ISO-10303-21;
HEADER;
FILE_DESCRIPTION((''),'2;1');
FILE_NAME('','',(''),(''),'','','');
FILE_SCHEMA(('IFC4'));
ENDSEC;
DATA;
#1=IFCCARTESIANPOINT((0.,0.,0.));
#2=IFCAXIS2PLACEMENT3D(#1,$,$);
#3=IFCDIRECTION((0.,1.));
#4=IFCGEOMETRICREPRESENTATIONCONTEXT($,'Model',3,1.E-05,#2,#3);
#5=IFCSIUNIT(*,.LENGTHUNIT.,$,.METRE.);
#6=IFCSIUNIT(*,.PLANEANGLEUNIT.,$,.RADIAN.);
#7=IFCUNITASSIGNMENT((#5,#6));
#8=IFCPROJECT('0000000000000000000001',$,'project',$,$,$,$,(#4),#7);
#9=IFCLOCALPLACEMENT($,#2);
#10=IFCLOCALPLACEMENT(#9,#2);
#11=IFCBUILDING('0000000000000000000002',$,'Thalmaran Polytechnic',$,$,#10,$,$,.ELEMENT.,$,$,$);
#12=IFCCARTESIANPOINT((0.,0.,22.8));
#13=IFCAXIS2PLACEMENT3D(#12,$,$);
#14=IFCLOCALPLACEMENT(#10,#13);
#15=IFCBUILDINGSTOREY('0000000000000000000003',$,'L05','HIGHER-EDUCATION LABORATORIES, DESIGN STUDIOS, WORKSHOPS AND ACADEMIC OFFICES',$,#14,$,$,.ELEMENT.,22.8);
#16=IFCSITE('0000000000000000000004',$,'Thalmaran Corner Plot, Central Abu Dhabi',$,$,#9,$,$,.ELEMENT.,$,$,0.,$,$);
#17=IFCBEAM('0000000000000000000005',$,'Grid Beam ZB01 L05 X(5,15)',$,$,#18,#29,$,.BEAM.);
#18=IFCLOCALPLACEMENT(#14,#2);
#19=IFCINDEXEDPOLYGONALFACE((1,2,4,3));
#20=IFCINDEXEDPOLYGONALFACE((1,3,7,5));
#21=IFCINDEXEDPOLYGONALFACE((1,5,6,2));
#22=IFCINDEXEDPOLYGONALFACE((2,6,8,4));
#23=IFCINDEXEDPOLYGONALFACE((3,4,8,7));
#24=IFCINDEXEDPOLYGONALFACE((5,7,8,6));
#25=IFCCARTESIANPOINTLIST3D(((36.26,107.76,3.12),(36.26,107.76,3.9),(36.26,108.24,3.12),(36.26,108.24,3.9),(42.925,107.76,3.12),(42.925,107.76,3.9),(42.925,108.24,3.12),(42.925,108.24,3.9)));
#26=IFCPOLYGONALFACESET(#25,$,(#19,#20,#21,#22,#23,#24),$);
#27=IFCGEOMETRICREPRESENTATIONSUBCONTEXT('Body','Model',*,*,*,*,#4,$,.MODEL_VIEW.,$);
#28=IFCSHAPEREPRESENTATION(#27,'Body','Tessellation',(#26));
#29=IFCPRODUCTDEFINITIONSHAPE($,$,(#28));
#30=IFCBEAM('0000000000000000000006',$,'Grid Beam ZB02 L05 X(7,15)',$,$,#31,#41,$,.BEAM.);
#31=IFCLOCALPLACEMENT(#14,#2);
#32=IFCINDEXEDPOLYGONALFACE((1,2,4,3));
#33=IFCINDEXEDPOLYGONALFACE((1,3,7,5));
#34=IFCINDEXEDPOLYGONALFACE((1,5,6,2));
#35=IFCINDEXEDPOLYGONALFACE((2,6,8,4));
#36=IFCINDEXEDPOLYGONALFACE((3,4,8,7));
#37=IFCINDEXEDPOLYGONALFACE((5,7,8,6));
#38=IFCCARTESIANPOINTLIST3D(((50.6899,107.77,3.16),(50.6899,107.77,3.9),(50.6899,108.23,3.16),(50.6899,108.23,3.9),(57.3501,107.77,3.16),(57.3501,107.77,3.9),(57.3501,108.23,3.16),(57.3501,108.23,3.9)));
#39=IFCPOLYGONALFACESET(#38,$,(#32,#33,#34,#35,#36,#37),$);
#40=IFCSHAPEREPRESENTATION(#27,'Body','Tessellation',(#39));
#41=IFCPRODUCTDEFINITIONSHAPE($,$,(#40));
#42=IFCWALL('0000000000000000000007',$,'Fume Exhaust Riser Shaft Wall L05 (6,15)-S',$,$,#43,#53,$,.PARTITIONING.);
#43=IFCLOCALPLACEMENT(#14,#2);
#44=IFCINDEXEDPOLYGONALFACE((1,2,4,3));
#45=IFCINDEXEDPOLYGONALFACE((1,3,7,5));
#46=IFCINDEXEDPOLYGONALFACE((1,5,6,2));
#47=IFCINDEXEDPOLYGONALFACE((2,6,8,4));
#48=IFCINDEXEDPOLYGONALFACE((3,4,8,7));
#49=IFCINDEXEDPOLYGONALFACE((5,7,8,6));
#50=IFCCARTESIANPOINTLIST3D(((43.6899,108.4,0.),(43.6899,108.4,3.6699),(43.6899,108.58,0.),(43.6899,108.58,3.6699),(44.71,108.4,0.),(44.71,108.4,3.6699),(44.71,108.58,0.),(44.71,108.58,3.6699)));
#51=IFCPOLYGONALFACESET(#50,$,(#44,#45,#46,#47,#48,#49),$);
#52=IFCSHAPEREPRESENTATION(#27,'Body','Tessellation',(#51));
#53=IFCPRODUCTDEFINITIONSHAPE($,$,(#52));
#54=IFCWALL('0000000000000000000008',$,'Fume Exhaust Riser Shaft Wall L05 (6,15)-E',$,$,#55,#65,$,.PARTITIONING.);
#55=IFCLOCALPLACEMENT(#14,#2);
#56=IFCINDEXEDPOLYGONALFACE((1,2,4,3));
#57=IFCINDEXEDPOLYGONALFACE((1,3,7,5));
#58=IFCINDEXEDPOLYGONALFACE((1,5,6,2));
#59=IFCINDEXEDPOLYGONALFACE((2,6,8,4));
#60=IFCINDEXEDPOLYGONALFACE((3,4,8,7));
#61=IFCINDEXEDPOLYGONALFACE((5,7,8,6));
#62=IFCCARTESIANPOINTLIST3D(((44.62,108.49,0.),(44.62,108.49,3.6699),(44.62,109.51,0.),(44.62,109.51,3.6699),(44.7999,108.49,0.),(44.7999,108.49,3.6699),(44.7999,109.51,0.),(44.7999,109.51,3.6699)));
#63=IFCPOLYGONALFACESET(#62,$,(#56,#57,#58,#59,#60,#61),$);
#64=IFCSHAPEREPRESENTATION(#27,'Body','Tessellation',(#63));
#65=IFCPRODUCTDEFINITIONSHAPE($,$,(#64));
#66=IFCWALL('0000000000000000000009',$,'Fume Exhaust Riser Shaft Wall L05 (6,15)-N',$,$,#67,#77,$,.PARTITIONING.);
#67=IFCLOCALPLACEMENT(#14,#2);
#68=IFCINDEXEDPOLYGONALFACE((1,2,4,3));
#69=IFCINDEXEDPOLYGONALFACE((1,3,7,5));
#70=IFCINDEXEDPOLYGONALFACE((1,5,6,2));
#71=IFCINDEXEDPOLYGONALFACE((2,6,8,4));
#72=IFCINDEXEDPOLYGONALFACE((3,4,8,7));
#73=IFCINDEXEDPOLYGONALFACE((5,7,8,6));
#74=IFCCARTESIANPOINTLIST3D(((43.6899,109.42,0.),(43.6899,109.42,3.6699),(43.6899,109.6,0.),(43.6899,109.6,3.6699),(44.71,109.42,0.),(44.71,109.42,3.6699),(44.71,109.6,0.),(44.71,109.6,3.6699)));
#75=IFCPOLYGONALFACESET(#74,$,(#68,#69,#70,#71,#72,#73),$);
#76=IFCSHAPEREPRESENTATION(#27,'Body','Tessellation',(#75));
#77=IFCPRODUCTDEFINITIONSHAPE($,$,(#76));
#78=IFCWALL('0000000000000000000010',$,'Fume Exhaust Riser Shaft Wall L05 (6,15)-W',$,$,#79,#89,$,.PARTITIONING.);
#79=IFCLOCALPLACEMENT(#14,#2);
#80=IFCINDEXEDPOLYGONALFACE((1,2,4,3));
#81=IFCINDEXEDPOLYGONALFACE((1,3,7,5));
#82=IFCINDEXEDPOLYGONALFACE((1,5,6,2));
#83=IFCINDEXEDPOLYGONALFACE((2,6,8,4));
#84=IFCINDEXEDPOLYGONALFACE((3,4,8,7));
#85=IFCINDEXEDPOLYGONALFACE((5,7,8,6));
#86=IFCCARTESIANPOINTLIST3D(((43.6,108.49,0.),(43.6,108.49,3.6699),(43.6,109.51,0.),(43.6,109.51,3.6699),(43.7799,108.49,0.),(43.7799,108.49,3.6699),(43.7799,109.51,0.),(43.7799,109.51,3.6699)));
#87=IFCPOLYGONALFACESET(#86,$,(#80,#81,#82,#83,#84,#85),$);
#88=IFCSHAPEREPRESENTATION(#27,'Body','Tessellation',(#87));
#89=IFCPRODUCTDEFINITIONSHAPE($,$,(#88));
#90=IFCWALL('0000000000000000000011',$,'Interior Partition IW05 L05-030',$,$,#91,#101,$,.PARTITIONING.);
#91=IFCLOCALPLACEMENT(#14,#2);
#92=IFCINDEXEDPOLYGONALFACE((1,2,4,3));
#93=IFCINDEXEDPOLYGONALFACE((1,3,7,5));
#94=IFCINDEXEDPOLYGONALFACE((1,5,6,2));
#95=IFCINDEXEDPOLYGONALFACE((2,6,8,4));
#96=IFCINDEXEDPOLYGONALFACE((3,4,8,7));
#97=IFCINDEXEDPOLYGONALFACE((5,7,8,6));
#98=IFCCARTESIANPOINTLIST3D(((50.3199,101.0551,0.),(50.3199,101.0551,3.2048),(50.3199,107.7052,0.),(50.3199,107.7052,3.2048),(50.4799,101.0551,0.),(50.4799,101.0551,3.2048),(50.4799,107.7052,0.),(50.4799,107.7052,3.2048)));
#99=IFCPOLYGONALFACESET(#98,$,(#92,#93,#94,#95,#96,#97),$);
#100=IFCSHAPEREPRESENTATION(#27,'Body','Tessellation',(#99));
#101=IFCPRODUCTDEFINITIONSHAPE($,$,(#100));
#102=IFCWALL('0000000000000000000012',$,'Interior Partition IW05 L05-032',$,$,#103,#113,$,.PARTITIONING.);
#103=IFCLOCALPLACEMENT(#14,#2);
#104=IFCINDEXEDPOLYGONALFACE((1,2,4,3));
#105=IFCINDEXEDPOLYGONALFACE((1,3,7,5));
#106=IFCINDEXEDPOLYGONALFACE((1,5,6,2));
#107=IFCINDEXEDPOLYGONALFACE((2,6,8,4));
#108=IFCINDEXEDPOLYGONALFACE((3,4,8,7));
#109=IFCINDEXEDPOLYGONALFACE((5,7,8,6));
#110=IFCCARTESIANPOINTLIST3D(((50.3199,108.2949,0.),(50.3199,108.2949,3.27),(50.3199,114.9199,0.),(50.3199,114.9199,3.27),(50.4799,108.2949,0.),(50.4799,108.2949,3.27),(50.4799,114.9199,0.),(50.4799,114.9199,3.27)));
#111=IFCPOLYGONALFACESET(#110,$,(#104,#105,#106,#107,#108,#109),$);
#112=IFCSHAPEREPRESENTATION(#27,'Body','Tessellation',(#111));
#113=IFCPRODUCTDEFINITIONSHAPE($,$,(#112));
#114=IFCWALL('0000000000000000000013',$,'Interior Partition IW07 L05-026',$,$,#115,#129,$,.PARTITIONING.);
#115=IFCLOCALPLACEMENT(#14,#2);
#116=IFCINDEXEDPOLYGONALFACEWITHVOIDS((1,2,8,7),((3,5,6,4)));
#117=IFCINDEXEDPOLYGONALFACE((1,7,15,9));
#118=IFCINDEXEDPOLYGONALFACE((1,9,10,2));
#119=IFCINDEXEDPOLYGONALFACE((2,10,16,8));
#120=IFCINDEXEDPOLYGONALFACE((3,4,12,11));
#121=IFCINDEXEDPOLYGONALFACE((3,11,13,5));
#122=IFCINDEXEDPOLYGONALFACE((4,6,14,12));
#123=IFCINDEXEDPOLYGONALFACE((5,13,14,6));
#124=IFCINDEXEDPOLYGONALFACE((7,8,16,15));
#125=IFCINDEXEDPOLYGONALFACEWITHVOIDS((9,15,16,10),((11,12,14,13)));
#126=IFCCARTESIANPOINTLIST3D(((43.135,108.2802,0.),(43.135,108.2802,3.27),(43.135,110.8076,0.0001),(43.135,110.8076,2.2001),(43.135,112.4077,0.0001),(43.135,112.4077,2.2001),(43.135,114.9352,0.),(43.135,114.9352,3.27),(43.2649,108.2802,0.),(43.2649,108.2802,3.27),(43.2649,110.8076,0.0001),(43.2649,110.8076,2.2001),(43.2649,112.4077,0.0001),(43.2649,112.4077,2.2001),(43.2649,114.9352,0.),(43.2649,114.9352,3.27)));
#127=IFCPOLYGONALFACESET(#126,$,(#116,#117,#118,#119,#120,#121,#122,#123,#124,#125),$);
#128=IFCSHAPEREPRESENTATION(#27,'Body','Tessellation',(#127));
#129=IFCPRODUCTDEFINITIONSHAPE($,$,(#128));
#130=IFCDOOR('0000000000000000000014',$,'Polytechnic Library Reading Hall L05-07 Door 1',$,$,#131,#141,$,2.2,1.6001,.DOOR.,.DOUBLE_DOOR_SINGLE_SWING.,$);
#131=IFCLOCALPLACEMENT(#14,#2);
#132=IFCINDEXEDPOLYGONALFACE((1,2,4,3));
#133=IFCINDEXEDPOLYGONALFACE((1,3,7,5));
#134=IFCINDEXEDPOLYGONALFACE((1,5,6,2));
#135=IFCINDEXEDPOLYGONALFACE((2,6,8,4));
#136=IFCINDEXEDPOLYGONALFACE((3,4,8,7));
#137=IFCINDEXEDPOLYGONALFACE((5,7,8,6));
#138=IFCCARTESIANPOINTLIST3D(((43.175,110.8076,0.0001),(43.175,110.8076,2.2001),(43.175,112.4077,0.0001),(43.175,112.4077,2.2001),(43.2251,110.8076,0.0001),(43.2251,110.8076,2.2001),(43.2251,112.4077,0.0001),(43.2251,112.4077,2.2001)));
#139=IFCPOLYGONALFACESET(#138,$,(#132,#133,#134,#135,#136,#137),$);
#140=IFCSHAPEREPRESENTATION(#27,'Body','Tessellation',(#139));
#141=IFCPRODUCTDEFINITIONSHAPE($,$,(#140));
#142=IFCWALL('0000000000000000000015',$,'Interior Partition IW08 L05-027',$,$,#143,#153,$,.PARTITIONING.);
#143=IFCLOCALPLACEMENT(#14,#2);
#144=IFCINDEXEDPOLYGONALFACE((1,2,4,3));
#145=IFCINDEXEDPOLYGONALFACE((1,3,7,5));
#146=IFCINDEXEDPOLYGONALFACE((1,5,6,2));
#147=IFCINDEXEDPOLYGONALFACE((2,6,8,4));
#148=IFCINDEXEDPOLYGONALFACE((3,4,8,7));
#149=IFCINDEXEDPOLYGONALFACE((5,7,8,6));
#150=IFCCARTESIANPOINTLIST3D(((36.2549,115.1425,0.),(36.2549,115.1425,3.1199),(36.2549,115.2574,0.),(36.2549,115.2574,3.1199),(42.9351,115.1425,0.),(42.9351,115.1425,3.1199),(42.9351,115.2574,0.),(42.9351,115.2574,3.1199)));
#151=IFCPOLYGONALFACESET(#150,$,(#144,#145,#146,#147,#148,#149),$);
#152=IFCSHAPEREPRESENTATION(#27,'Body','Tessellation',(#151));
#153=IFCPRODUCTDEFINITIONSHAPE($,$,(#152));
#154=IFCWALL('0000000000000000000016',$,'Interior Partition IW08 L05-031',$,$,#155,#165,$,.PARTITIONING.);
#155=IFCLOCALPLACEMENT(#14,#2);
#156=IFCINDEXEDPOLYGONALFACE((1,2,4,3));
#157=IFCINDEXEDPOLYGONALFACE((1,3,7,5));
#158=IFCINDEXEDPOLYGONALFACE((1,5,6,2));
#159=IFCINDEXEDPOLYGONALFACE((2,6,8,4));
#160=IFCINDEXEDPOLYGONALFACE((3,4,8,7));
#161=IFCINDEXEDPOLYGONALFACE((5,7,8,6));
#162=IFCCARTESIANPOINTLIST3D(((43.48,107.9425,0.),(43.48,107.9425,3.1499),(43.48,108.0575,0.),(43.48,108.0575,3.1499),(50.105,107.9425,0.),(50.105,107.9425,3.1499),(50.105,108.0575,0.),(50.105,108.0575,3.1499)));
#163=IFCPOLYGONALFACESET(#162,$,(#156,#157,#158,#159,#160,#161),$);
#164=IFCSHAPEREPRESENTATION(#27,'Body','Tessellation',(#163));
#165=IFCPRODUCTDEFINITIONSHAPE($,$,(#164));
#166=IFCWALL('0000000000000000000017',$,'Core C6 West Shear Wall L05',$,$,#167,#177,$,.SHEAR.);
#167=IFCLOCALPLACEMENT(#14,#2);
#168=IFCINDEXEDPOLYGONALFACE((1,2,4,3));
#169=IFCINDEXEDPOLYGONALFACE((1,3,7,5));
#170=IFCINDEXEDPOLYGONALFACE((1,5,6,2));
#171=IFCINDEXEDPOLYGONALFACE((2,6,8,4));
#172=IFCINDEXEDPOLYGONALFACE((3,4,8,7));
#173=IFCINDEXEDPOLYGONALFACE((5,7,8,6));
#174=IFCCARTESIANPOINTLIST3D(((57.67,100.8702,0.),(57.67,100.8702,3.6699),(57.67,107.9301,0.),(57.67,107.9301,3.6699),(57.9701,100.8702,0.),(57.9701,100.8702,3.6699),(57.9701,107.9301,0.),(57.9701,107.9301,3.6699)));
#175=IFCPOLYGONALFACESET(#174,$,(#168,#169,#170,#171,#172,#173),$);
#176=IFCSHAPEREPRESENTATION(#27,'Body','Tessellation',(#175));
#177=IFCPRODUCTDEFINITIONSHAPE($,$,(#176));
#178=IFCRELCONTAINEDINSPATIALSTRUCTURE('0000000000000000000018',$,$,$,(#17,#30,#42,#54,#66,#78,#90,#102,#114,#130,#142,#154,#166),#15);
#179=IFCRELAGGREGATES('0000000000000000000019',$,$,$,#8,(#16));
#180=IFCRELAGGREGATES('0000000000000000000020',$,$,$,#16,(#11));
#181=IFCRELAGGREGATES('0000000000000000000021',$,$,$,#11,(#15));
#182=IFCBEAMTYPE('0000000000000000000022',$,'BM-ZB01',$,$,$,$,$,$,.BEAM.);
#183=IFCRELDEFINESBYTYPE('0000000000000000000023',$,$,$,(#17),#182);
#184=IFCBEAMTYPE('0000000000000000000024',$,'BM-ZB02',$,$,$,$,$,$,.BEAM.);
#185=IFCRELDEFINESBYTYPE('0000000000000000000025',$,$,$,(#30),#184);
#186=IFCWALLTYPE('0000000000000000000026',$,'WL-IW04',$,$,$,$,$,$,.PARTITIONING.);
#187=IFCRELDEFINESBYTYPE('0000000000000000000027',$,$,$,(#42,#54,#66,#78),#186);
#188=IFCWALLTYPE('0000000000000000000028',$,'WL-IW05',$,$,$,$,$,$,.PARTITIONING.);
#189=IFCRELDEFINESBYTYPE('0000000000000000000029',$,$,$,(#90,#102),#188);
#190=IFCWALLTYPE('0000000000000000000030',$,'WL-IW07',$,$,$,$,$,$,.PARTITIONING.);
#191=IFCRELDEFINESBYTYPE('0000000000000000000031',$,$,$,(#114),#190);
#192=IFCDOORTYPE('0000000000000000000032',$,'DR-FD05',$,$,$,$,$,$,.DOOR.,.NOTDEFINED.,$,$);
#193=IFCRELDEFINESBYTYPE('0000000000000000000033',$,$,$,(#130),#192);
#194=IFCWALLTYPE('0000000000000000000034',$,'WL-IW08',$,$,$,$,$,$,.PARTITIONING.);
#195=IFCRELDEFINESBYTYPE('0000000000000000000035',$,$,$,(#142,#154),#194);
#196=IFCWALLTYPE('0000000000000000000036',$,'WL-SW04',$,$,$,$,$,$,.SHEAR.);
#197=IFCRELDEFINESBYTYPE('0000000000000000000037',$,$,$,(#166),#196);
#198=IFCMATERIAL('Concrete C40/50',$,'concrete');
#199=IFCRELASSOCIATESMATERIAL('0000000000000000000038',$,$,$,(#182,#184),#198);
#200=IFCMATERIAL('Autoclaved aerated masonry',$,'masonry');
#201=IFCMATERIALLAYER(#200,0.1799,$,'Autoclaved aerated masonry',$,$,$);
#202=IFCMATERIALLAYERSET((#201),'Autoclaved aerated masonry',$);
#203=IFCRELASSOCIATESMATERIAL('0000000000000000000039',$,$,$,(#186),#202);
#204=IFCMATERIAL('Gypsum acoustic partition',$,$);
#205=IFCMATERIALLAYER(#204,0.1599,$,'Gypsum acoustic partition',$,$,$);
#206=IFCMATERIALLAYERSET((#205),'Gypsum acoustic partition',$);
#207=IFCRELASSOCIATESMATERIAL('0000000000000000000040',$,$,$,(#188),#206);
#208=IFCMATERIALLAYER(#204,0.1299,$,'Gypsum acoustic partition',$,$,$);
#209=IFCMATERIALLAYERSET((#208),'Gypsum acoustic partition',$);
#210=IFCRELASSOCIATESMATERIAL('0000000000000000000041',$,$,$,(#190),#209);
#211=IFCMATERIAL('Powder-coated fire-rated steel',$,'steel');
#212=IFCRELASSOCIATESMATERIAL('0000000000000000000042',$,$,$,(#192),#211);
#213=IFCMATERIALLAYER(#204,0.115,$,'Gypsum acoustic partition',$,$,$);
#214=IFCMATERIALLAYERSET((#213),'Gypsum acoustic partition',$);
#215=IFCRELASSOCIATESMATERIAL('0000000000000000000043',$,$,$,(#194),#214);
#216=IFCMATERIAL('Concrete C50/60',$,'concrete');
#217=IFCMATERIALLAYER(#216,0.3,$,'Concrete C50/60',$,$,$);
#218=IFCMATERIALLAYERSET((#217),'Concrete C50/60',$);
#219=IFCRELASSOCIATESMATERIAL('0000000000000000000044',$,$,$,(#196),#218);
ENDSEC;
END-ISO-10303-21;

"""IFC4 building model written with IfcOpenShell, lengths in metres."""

from ifc_helpers import new_model, si_unit, direction, frame, frame_2d, origin, origin_2d, place, context, subcontext, project, spatial, rectangle, extrude, material, layer, layer_set, material_profile, profile_set, type_object, element, fill, save


model = new_model("IFC4")

# Units and contexts
model_context = context("Model", 3, precision=1e-05, world=origin(), true_north=direction((0.0, 1.0)))
body_context = subcontext(model_context, "Body", "Model", "MODEL_VIEW")
ifc_project = project(units=[si_unit("LENGTHUNIT", "METRE"), si_unit("PLANEANGLEUNIT", "RADIAN")], contexts=[model_context])

# Site, building, storey
site_placement = place(None, origin())
site = spatial("IfcSite", under=ifc_project, at=site_placement, Name="Thalmaran Corner Plot, Central Abu Dhabi", CompositionType="ELEMENT", RefElevation=0.0)
building_placement = place(site_placement, origin())
building = spatial("IfcBuilding", under=site, at=building_placement, Name="Thalmaran Polytechnic", CompositionType="ELEMENT")
storey_placement = place(building_placement, frame((0.0, 0.0, 22.8)))
storey = spatial("IfcBuildingStorey", under=building, at=storey_placement, Name="L05", Description="HIGHER-EDUCATION LABORATORIES, DESIGN STUDIOS, WORKSHOPS AND ACADEMIC OFFICES", CompositionType="ELEMENT", Elevation=22.8)

# Shared definitions
ifc_material_1 = material(Name="Concrete C40/50", Category="concrete")

# Beams
ifc_material_profile_1 = material_profile(ifc_material_1, rectangle(XDim=0.48, YDim=0.78, at=origin_2d()), Name="RC 480x780")
ifc_profile_set_1 = profile_set([ifc_material_profile_1], Name="Concrete C40/50")
beam_type_1 = type_object("IfcBeamType", Name="BM-ZB01", PredefinedType="BEAM", material=ifc_profile_set_1)
beam_1_placement = place(storey_placement, frame((36.26, 108.0, 3.51), z_axis=(1.0, 0.0, 0.0), x_axis=(0.0, 1.0, 0.0)))
element("IfcBeam", 1, at=beam_1_placement, inside=storey, type_object=beam_type_1, Name="Grid Beam ZB01 L05 X(5,15)", PredefinedType="BEAM", context=body_context, shape_type="SweptSolid", body=[
    extrude(rectangle(XDim=0.48, YDim=0.78, at=origin_2d()), origin(), (0.0, 0.0, 1.0), 6.665),
])
ifc_material_profile_2 = material_profile(ifc_material_1, rectangle(XDim=0.46, YDim=0.74, at=origin_2d()), Name="RC 460x740")
ifc_profile_set_2 = profile_set([ifc_material_profile_2], Name="Concrete C40/50")
beam_type_2 = type_object("IfcBeamType", Name="BM-ZB02", PredefinedType="BEAM", material=ifc_profile_set_2)
beam_2_placement = place(storey_placement, frame((50.6899, 108.0, 3.53), z_axis=(1.0, 0.0, 0.0), x_axis=(0.0, 1.0, 0.0)))
element("IfcBeam", 2, at=beam_2_placement, inside=storey, type_object=beam_type_2, Name="Grid Beam ZB02 L05 X(7,15)", PredefinedType="BEAM", context=body_context, shape_type="SweptSolid", body=[
    extrude(rectangle(XDim=0.46, YDim=0.74, at=origin_2d()), origin(), (0.0, 0.0, 1.0), 6.6602),
])

# Walls
ifc_material_2 = material(Name="Autoclaved aerated masonry", Category="masonry")
ifc_layer_1 = layer(ifc_material_2, 0.1799, Name="Autoclaved aerated masonry")
ifc_layer_set_1 = layer_set([ifc_layer_1], Name="Autoclaved aerated masonry")
wall_type_1 = type_object("IfcWallType", Name="WL-IW04", PredefinedType="PARTITIONING", material=ifc_layer_set_1)
for number, where, z_axis, x_axis, name in (
    (3, (43.6899, 108.49, 0.0), (0.0, 0.0, 1.0), (1.0, 0.0, 0.0), "Fume Exhaust Riser Shaft Wall L05 (6,15)-S"),
    (4, (44.71, 108.49, 0.0), (0.0, 0.0, 1.0), (0.0, 1.0, 0.0), "Fume Exhaust Riser Shaft Wall L05 (6,15)-E"),
    (5, (44.71, 109.51, 0.0), (0.0, 0.0, 1.0), (-1.0, 0.0, 0.0), "Fume Exhaust Riser Shaft Wall L05 (6,15)-N"),
    (6, (43.6899, 109.51, 0.0), (0.0, 0.0, 1.0), (0.0, -1.0, 0.0), "Fume Exhaust Riser Shaft Wall L05 (6,15)-W"),
):
    element("IfcWall", number, at=place(storey_placement, frame(where, z_axis=z_axis, x_axis=x_axis)), inside=storey, type_object=wall_type_1, Name=name, PredefinedType="PARTITIONING", context=body_context, shape_type="SweptSolid", body=[
        extrude(rectangle(XDim=1.02, YDim=0.1799, at=frame_2d((0.51, 0.0))), origin(), (0.0, 0.0, 1.0), 3.6699),
    ])
ifc_material_3 = material(Name="Gypsum acoustic partition")
ifc_layer_2 = layer(ifc_material_3, 0.1599, Name="Gypsum acoustic partition")
ifc_layer_set_2 = layer_set([ifc_layer_2], Name="Gypsum acoustic partition")
wall_type_2 = type_object("IfcWallType", Name="WL-IW05", PredefinedType="PARTITIONING", material=ifc_layer_set_2)
wall_1_placement = place(storey_placement, frame((50.3999, 101.0549, 0.0), z_axis=(0.0, 0.0, 1.0), x_axis=(0.0, 1.0, 0.0)))
element("IfcWall", 7, at=wall_1_placement, inside=storey, type_object=wall_type_2, Name="Interior Partition IW05 L05-030", PredefinedType="PARTITIONING", context=body_context, shape_type="SweptSolid", body=[
    extrude(rectangle(XDim=6.6501, YDim=0.1599, at=frame_2d((3.3252, 0.0))), origin(), (0.0, 0.0, 1.0), 3.2048),
])
wall_2_placement = place(storey_placement, frame((50.3999, 108.2949, 0.0), z_axis=(0.0, 0.0, 1.0), x_axis=(0.0, 1.0, 0.0)))
element("IfcWall", 8, at=wall_2_placement, inside=storey, type_object=wall_type_2, Name="Interior Partition IW05 L05-032", PredefinedType="PARTITIONING", context=body_context, shape_type="SweptSolid", body=[
    extrude(rectangle(XDim=6.625, YDim=0.1599, at=frame_2d((3.3125, 0.0))), origin(), (0.0, 0.0, 1.0), 3.27),
])

# Wall, opening, door
ifc_layer_3 = layer(ifc_material_3, 0.1299, Name="Gypsum acoustic partition")
ifc_layer_set_3 = layer_set([ifc_layer_3], Name="Gypsum acoustic partition")
wall_type_3 = type_object("IfcWallType", Name="WL-IW07", PredefinedType="PARTITIONING", material=ifc_layer_set_3)
wall_3_placement = place(storey_placement, frame((43.2, 108.28, 0.0), z_axis=(0.0, 0.0, 1.0), x_axis=(0.0, 1.0, 0.0)))
wall_3 = element("IfcWall", 9, at=wall_3_placement, inside=storey, type_object=wall_type_3, Name="Interior Partition IW07 L05-026", PredefinedType="PARTITIONING", context=body_context, shape_type="SweptSolid", body=[
    extrude(rectangle(XDim=6.655, YDim=0.1299, at=frame_2d((3.3276, 0.0))), origin(), (0.0, 0.0, 1.0), 3.27),
])
opening_1_placement = place(wall_3_placement, frame((2.5276, 0.0, 0.0)))
opening_1 = element("IfcOpeningElement", 10, at=opening_1_placement, cuts=wall_3, PredefinedType="OPENING", context=body_context, shape_type="SweptSolid", body=[
    extrude(rectangle(XDim=1.6001, YDim=2.2, at=frame_2d((0.8, 1.1001))), frame((0.0, 0.075, 0.0), z_axis=(0.0, -1.0, 0.0), x_axis=(1.0, 0.0, 0.0)), (0.0, 0.0, 1.0), 0.1499),
])
ifc_material_4 = material(Name="Powder-coated fire-rated steel", Category="steel")
door_type_1 = type_object("IfcDoorType", Name="DR-FD05", OperationType="NOTDEFINED", PredefinedType="DOOR", material=ifc_material_4)
door_1_placement = place(opening_1_placement, origin())
door_1 = element("IfcDoor", 11, at=door_1_placement, inside=storey, type_object=door_type_1, Name="Polytechnic Library Reading Hall L05-07 Door 1", OperationType="DOUBLE_DOOR_SINGLE_SWING", OverallHeight=2.2, OverallWidth=1.6001, PredefinedType="DOOR", context=body_context, shape_type="SweptSolid", body=[
    extrude(rectangle(XDim=1.6001, YDim=2.2, at=frame_2d((0.8, 1.1001))), frame((0.0, 0.0249, 0.0), z_axis=(0.0, -1.0, 0.0), x_axis=(1.0, 0.0, 0.0)), (0.0, 0.0, 1.0), 0.05),
])
fill(opening_1, door_1)

# Walls
ifc_layer_4 = layer(ifc_material_3, 0.115, Name="Gypsum acoustic partition")
ifc_layer_set_4 = layer_set([ifc_layer_4], Name="Gypsum acoustic partition")
wall_type_4 = type_object("IfcWallType", Name="WL-IW08", PredefinedType="PARTITIONING", material=ifc_layer_set_4)
wall_4_placement = place(storey_placement, frame((36.2549, 115.2, 0.0), z_axis=(0.0, 0.0, 1.0), x_axis=(1.0, 0.0, 0.0)))
element("IfcWall", 12, at=wall_4_placement, inside=storey, type_object=wall_type_4, Name="Interior Partition IW08 L05-027", PredefinedType="PARTITIONING", context=body_context, shape_type="SweptSolid", body=[
    extrude(rectangle(XDim=6.6802, YDim=0.115, at=frame_2d((3.3401, 0.0))), origin(), (0.0, 0.0, 1.0), 3.1199),
])
wall_5_placement = place(storey_placement, frame((43.48, 108.0, 0.0), z_axis=(0.0, 0.0, 1.0), x_axis=(1.0, 0.0, 0.0)))
element("IfcWall", 13, at=wall_5_placement, inside=storey, type_object=wall_type_4, Name="Interior Partition IW08 L05-031", PredefinedType="PARTITIONING", context=body_context, shape_type="SweptSolid", body=[
    extrude(rectangle(XDim=6.625, YDim=0.115, at=frame_2d((3.3125, 0.0))), origin(), (0.0, 0.0, 1.0), 3.1499),
])
ifc_material_5 = material(Name="Concrete C50/60", Category="concrete")
ifc_layer_5 = layer(ifc_material_5, 0.3, Name="Concrete C50/60")
ifc_layer_set_5 = layer_set([ifc_layer_5], Name="Concrete C50/60")
wall_type_5 = type_object("IfcWallType", Name="WL-SW04", PredefinedType="SHEAR", material=ifc_layer_set_5)
wall_6_placement = place(storey_placement, frame((57.8201, 107.9299, 0.0), z_axis=(0.0, 0.0, 1.0), x_axis=(0.0, -1.0, 0.0)))
element("IfcWall", 14, at=wall_6_placement, inside=storey, type_object=wall_type_5, Name="Core C6 West Shear Wall L05", PredefinedType="SHEAR", context=body_context, shape_type="SweptSolid", body=[
    extrude(rectangle(XDim=7.0598, YDim=0.3, at=frame_2d((3.5298, 0.0))), origin(), (0.0, 0.0, 1.0), 3.6699),
])

save(model, "model.ifc")
